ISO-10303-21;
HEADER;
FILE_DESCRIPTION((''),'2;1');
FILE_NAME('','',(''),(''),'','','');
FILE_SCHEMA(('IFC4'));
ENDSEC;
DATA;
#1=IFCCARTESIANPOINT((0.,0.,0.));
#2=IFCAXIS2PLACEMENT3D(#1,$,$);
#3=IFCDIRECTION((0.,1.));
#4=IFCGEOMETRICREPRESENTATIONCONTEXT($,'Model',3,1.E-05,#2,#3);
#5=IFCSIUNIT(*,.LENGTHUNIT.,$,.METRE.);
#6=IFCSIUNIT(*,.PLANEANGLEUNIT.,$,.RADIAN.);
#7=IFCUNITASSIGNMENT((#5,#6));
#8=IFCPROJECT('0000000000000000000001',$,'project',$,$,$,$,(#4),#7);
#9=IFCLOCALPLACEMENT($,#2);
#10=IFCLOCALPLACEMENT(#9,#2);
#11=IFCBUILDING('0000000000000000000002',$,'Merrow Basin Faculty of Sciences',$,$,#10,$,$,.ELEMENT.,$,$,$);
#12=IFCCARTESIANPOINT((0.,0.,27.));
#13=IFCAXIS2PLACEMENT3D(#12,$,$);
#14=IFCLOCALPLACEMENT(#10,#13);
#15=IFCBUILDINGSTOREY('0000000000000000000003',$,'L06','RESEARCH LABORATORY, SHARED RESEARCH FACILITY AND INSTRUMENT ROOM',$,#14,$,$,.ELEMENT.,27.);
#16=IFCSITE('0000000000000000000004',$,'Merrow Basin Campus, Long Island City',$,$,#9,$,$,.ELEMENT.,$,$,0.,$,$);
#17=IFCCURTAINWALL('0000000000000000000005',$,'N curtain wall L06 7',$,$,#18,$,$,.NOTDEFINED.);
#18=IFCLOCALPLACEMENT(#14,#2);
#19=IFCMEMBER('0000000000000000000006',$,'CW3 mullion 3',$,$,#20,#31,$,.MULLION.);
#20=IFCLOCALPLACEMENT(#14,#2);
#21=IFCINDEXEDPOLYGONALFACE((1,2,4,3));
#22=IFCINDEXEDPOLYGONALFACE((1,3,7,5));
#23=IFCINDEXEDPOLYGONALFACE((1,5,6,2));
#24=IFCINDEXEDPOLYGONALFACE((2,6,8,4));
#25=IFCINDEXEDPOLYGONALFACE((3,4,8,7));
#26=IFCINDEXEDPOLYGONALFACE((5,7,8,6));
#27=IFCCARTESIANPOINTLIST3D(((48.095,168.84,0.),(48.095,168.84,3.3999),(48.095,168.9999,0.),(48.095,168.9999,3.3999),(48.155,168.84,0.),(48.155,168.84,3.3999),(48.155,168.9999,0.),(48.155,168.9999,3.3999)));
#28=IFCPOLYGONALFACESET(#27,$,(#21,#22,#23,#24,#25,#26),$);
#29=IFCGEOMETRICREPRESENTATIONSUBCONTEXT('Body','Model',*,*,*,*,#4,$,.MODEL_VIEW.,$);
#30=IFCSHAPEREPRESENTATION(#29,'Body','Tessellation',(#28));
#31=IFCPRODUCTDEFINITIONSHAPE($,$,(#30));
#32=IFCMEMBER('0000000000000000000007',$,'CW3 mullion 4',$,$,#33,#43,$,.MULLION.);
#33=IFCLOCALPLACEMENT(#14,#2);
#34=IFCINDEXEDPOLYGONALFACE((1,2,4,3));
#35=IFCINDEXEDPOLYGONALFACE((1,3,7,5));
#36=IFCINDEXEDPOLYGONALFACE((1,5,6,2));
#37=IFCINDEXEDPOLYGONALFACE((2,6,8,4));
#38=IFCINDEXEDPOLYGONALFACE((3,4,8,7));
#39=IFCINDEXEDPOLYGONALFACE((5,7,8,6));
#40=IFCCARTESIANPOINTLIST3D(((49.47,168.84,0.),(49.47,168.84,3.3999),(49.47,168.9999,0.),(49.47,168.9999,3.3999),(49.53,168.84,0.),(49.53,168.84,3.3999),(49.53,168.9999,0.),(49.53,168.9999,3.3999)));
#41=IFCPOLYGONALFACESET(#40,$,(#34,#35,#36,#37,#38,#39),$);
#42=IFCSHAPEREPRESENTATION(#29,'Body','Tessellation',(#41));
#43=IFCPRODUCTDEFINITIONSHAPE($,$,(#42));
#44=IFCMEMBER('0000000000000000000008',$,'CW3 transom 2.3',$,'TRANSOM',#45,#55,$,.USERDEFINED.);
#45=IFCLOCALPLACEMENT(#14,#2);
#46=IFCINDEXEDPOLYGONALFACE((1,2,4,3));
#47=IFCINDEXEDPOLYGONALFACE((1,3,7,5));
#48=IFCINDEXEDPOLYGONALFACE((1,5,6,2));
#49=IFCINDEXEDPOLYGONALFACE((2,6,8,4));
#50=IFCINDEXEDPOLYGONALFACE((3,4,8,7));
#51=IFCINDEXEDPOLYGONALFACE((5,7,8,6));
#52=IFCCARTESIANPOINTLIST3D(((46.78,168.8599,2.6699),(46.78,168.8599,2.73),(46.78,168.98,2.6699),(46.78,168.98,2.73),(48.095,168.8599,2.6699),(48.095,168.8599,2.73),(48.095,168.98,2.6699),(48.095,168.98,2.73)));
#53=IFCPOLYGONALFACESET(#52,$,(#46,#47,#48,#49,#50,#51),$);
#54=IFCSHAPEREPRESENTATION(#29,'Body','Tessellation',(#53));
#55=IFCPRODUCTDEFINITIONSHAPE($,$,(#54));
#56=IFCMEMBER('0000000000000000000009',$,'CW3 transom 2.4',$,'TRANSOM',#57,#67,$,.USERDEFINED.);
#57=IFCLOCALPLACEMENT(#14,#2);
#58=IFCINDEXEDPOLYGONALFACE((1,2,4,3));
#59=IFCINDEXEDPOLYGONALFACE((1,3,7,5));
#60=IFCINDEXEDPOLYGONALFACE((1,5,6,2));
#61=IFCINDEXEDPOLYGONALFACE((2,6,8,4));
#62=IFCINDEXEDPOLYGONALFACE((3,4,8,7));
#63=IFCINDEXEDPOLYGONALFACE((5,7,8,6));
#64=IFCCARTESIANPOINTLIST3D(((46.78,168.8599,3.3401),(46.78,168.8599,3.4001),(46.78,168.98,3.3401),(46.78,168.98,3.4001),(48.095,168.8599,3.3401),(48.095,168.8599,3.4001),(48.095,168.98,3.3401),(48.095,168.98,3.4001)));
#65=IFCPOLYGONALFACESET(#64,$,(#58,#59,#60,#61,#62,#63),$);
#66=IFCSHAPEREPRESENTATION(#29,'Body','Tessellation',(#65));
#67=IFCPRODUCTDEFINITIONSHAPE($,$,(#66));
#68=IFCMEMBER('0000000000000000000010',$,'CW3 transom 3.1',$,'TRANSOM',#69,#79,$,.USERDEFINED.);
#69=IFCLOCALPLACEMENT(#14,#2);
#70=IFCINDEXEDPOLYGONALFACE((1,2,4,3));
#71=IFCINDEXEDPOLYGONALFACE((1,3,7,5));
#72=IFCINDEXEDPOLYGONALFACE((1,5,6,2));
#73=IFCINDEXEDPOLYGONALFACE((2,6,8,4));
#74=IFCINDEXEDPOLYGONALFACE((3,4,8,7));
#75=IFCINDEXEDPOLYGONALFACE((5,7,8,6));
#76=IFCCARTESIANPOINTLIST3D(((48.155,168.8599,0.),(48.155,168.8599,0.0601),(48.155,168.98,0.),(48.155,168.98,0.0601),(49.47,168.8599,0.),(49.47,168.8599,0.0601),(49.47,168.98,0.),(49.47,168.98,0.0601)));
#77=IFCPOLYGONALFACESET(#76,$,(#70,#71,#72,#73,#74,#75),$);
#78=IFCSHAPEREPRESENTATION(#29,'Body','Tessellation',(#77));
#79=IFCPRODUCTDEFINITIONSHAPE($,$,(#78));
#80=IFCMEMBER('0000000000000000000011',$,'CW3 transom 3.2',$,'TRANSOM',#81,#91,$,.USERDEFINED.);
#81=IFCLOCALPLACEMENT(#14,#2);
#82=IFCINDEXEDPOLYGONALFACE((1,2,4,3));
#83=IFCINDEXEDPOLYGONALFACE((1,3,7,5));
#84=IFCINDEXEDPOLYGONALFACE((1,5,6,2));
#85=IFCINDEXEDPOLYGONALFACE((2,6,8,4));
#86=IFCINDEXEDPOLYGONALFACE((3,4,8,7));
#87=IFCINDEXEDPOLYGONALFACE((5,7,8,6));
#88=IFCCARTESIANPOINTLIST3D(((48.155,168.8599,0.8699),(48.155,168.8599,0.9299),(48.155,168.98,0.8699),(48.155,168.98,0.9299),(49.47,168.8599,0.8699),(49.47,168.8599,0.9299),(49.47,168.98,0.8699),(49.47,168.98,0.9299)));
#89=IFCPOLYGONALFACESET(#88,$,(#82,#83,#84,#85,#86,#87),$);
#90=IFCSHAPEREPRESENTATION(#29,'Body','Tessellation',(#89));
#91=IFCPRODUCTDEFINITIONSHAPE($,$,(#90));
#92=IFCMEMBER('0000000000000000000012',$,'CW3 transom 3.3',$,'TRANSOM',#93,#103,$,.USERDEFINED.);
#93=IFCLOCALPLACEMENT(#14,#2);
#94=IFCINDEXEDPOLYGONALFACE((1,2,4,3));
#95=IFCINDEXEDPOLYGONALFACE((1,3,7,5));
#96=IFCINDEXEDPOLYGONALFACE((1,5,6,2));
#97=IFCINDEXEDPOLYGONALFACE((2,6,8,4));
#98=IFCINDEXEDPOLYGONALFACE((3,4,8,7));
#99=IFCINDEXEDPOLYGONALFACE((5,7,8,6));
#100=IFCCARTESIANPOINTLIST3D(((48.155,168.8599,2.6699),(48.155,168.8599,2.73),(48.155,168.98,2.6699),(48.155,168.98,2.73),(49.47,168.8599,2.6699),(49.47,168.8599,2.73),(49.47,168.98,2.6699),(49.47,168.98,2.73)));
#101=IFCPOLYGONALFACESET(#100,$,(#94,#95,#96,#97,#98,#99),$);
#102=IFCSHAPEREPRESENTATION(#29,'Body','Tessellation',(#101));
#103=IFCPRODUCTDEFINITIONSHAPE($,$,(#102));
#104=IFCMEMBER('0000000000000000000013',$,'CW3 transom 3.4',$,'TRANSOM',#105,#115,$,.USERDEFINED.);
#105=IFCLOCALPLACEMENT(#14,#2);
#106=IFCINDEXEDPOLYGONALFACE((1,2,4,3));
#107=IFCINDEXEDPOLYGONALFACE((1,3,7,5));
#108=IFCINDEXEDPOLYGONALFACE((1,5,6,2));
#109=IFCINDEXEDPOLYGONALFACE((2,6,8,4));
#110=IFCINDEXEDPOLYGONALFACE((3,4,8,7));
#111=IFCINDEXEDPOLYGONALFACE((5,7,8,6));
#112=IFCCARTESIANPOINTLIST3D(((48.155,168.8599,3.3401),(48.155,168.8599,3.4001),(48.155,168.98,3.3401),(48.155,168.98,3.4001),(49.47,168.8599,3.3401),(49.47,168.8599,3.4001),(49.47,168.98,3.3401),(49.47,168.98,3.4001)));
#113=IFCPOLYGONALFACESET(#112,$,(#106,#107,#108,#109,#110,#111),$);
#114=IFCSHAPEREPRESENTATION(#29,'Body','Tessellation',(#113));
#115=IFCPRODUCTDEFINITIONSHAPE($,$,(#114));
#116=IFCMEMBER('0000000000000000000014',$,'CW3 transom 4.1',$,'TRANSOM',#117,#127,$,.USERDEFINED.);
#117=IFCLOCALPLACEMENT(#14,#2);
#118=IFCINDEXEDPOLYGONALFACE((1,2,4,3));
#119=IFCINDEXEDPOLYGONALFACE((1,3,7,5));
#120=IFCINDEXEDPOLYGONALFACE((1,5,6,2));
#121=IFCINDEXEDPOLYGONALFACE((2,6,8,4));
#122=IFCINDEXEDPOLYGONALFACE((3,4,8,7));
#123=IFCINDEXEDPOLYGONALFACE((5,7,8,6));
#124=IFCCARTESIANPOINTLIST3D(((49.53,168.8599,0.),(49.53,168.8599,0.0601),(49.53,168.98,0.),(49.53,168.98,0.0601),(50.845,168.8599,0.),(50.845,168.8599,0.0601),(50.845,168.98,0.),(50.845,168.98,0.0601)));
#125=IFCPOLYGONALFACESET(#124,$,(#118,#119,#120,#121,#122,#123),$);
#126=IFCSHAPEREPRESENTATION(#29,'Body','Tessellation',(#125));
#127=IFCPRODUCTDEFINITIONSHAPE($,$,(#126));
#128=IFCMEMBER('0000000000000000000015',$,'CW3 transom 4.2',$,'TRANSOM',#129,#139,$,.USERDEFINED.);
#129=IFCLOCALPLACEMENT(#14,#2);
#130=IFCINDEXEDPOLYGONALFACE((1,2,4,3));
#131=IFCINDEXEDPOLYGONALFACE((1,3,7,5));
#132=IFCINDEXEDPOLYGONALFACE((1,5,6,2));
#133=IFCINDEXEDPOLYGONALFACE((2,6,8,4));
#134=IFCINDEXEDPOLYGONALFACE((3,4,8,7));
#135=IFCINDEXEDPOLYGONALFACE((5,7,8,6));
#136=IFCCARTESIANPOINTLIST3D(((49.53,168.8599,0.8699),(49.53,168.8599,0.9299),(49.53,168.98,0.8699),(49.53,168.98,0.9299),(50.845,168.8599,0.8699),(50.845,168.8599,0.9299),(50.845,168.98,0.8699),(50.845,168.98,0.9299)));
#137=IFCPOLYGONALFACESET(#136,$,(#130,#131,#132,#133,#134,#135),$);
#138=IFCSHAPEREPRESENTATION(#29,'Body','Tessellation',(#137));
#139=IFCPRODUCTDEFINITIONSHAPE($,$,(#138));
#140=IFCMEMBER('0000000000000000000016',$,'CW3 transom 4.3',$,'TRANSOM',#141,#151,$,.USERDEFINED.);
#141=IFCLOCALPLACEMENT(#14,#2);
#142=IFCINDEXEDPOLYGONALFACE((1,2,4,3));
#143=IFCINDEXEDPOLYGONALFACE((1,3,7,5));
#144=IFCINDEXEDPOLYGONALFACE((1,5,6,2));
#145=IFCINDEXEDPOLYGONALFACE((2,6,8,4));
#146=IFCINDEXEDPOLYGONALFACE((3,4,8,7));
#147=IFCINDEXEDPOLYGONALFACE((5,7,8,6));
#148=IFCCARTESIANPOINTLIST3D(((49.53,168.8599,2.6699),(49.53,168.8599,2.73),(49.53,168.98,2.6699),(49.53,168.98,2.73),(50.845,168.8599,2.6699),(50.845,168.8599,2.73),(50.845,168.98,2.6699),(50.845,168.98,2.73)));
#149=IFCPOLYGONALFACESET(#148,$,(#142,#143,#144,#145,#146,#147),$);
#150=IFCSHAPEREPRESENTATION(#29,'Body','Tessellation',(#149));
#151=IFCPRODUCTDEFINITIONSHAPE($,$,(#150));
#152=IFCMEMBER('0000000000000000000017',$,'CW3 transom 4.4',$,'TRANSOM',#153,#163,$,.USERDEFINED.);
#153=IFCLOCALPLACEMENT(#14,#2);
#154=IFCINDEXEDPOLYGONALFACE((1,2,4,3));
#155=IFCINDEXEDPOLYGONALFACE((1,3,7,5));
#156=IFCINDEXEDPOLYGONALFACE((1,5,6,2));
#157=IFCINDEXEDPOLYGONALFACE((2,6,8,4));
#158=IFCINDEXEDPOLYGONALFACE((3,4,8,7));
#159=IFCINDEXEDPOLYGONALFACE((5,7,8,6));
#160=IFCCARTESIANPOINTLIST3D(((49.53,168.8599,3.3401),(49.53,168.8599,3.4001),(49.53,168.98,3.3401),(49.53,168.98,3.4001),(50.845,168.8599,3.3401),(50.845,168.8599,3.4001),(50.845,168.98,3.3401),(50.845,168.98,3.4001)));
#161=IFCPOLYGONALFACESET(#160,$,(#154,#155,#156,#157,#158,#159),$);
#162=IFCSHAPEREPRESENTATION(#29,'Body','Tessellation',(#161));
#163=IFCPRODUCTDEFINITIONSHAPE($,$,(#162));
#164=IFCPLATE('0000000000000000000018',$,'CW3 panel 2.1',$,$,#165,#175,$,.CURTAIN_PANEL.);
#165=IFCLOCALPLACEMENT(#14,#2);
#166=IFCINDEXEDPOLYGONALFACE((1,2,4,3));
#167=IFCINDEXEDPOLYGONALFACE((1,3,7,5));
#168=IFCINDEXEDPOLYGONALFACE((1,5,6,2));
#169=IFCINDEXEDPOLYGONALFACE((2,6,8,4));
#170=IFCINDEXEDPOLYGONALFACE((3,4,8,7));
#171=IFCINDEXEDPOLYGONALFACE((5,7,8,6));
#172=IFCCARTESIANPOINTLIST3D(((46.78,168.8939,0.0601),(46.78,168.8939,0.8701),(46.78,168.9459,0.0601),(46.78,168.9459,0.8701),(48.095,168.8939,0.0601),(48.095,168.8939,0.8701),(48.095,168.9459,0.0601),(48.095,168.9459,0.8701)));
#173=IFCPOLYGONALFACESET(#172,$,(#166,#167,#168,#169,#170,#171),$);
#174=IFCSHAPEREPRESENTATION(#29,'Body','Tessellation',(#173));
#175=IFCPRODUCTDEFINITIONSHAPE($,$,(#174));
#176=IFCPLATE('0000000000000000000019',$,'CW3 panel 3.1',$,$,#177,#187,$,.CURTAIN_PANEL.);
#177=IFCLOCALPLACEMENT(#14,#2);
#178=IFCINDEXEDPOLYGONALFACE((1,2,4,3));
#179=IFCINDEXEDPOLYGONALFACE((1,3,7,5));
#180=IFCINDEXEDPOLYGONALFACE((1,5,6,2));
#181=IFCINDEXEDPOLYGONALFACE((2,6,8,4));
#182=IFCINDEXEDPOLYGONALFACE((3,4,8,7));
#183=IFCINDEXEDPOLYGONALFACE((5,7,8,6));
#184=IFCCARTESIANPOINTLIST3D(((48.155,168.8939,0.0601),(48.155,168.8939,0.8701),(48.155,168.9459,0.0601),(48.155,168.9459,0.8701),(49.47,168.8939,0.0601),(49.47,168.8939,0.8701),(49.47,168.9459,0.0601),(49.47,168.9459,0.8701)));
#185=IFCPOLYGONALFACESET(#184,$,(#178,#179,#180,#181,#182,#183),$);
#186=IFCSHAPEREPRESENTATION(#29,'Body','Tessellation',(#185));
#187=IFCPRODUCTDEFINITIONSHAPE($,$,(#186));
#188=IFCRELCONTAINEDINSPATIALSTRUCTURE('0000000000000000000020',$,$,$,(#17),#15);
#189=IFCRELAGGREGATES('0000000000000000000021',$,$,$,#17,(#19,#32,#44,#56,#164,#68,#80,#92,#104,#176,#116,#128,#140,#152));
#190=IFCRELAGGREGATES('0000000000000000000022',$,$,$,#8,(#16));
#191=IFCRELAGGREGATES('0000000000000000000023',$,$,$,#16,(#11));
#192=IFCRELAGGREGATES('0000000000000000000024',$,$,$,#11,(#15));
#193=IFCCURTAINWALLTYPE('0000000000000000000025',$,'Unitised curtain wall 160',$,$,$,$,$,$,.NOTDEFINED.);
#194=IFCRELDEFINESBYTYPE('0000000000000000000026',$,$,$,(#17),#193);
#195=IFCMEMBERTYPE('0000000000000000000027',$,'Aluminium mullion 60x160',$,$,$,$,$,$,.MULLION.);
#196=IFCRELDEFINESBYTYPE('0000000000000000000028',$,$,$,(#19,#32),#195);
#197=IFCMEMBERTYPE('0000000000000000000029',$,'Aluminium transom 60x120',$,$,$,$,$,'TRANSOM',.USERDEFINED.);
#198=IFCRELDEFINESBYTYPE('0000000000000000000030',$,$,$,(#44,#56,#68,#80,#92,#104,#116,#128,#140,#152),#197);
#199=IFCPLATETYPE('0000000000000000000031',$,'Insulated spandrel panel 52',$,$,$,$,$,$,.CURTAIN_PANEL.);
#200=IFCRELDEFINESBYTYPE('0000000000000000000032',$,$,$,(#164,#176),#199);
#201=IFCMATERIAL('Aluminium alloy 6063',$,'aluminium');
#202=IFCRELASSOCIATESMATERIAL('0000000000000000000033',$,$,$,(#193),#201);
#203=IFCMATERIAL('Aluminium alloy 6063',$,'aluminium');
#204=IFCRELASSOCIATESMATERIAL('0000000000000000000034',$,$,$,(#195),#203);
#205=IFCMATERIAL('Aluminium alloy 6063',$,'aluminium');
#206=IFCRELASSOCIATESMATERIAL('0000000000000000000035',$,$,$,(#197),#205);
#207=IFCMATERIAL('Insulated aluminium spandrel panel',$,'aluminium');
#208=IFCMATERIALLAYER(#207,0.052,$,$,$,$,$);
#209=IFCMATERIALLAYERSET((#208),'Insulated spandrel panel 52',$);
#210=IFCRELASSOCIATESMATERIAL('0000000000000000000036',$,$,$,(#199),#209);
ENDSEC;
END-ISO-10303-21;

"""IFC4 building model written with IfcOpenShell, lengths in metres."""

from ifc_helpers import new_model, si_unit, direction, frame, origin, origin_2d, place, context, subcontext, project, spatial, rectangle, extrude, material, layer, layer_set, material_profile, profile_set, type_object, element, aggregate, save


model = new_model("IFC4")

# Units and contexts
model_context = context("Model", 3, precision=1e-05, world=origin(), true_north=direction((0.0, 1.0)))
body_context = subcontext(model_context, "Body", "Model", "MODEL_VIEW")
ifc_project = project(units=[si_unit("LENGTHUNIT", "METRE"), si_unit("PLANEANGLEUNIT", "RADIAN")], contexts=[model_context])

# Site, building, storey
site_placement = place(None, origin())
site = spatial("IfcSite", under=ifc_project, at=site_placement, Name="Merrow Basin Campus, Long Island City", CompositionType="ELEMENT", RefElevation=0.0)
building_placement = place(site_placement, origin())
building = spatial("IfcBuilding", under=site, at=building_placement, Name="Merrow Basin Faculty of Sciences", CompositionType="ELEMENT")
storey_placement = place(building_placement, frame((0.0, 0.0, 27.0)))
storey = spatial("IfcBuildingStorey", under=building, at=storey_placement, Name="L06", Description="RESEARCH LABORATORY, SHARED RESEARCH FACILITY AND INSTRUMENT ROOM", CompositionType="ELEMENT", Elevation=27.0)

# Curtain wall, members, plates
ifc_material_1 = material(Name="Aluminium alloy 6063", Category="aluminium")
curtain_wall_type = type_object("IfcCurtainWallType", Name="Unitised curtain wall 160", PredefinedType="NOTDEFINED", material=ifc_material_1)
curtain_wall_placement = place(storey_placement, origin())
curtain_wall = element("IfcCurtainWall", 1, at=curtain_wall_placement, inside=storey, type_object=curtain_wall_type, Name="N curtain wall L06 7", PredefinedType="NOTDEFINED")
ifc_material_2 = material(Name="Aluminium alloy 6063", Category="aluminium")
ifc_material_profile_1 = material_profile(ifc_material_2, rectangle(XDim=0.1599, YDim=0.0601, at=origin_2d()))
ifc_profile_set_1 = profile_set([ifc_material_profile_1], Name="Aluminium alloy 6063")
member_type_1 = type_object("IfcMemberType", Name="Aluminium mullion 60x160", PredefinedType="MULLION", material=ifc_profile_set_1)
member_1_placement = place(storey_placement, frame((48.125, 168.9199, 0.0), z_axis=(0.0, 0.0, 1.0), x_axis=(0.0, 1.0, 0.0)))
member_1 = element("IfcMember", 2, at=member_1_placement, type_object=member_type_1, Name="CW3 mullion 3", PredefinedType="MULLION", context=body_context, shape_type="SweptSolid", body=[
    extrude(rectangle(XDim=0.1599, YDim=0.0601, at=origin_2d()), origin(), (0.0, 0.0, 1.0), 3.3999),
])
member_2_placement = place(storey_placement, frame((49.5, 168.9199, 0.0), z_axis=(0.0, 0.0, 1.0), x_axis=(0.0, 1.0, 0.0)))
member_2 = element("IfcMember", 3, at=member_2_placement, type_object=member_type_1, Name="CW3 mullion 4", PredefinedType="MULLION", context=body_context, shape_type="SweptSolid", body=[
    extrude(rectangle(XDim=0.1599, YDim=0.0601, at=origin_2d()), origin(), (0.0, 0.0, 1.0), 3.3999),
])
ifc_material_3 = material(Name="Aluminium alloy 6063", Category="aluminium")
ifc_material_profile_2 = material_profile(ifc_material_3, rectangle(XDim=0.1201, YDim=0.0601, at=origin_2d()))
ifc_profile_set_2 = profile_set([ifc_material_profile_2], Name="Aluminium alloy 6063")
member_type_2 = type_object("IfcMemberType", Name="Aluminium transom 60x120", ElementType="TRANSOM", PredefinedType="USERDEFINED", material=ifc_profile_set_2)
member_3_placement = place(storey_placement, frame((46.78, 168.9199, 2.7), z_axis=(1.0, 0.0, 0.0), x_axis=(0.0, 1.0, 0.0)))
member_3 = element("IfcMember", 4, at=member_3_placement, type_object=member_type_2, Name="CW3 transom 2.3", ObjectType="TRANSOM", PredefinedType="USERDEFINED", context=body_context, shape_type="SweptSolid", body=[
    extrude(rectangle(XDim=0.1201, YDim=0.0601, at=origin_2d()), origin(), (0.0, 0.0, 1.0), 1.3149),
])
member_4_placement = place(storey_placement, frame((46.78, 168.9199, 3.3701), z_axis=(1.0, 0.0, 0.0), x_axis=(0.0, 1.0, 0.0)))
member_4 = element("IfcMember", 5, at=member_4_placement, type_object=member_type_2, Name="CW3 transom 2.4", ObjectType="TRANSOM", PredefinedType="USERDEFINED", context=body_context, shape_type="SweptSolid", body=[
    extrude(rectangle(XDim=0.1201, YDim=0.0601, at=origin_2d()), origin(), (0.0, 0.0, 1.0), 1.3149),
])
member_5_placement = place(storey_placement, frame((48.155, 168.9199, 0.03), z_axis=(1.0, 0.0, 0.0), x_axis=(0.0, 1.0, 0.0)))
member_5 = element("IfcMember", 6, at=member_5_placement, type_object=member_type_2, Name="CW3 transom 3.1", ObjectType="TRANSOM", PredefinedType="USERDEFINED", context=body_context, shape_type="SweptSolid", body=[
    extrude(rectangle(XDim=0.1201, YDim=0.0601, at=origin_2d()), origin(), (0.0, 0.0, 1.0), 1.3149),
])
member_6_placement = place(storey_placement, frame((48.155, 168.9199, 0.8999), z_axis=(1.0, 0.0, 0.0), x_axis=(0.0, 1.0, 0.0)))
member_6 = element("IfcMember", 7, at=member_6_placement, type_object=member_type_2, Name="CW3 transom 3.2", ObjectType="TRANSOM", PredefinedType="USERDEFINED", context=body_context, shape_type="SweptSolid", body=[
    extrude(rectangle(XDim=0.1201, YDim=0.0601, at=origin_2d()), origin(), (0.0, 0.0, 1.0), 1.3149),
])
member_7_placement = place(storey_placement, frame((48.155, 168.9199, 2.7), z_axis=(1.0, 0.0, 0.0), x_axis=(0.0, 1.0, 0.0)))
member_7 = element("IfcMember", 8, at=member_7_placement, type_object=member_type_2, Name="CW3 transom 3.3", ObjectType="TRANSOM", PredefinedType="USERDEFINED", context=body_context, shape_type="SweptSolid", body=[
    extrude(rectangle(XDim=0.1201, YDim=0.0601, at=origin_2d()), origin(), (0.0, 0.0, 1.0), 1.3149),
])
member_8_placement = place(storey_placement, frame((48.155, 168.9199, 3.3701), z_axis=(1.0, 0.0, 0.0), x_axis=(0.0, 1.0, 0.0)))
member_8 = element("IfcMember", 9, at=member_8_placement, type_object=member_type_2, Name="CW3 transom 3.4", ObjectType="TRANSOM", PredefinedType="USERDEFINED", context=body_context, shape_type="SweptSolid", body=[
    extrude(rectangle(XDim=0.1201, YDim=0.0601, at=origin_2d()), origin(), (0.0, 0.0, 1.0), 1.3149),
])
member_9_placement = place(storey_placement, frame((49.53, 168.9199, 0.03), z_axis=(1.0, 0.0, 0.0), x_axis=(0.0, 1.0, 0.0)))
member_9 = element("IfcMember", 10, at=member_9_placement, type_object=member_type_2, Name="CW3 transom 4.1", ObjectType="TRANSOM", PredefinedType="USERDEFINED", context=body_context, shape_type="SweptSolid", body=[
    extrude(rectangle(XDim=0.1201, YDim=0.0601, at=origin_2d()), origin(), (0.0, 0.0, 1.0), 1.3149),
])
member_10_placement = place(storey_placement, frame((49.53, 168.9199, 0.8999), z_axis=(1.0, 0.0, 0.0), x_axis=(0.0, 1.0, 0.0)))
member_10 = element("IfcMember", 11, at=member_10_placement, type_object=member_type_2, Name="CW3 transom 4.2", ObjectType="TRANSOM", PredefinedType="USERDEFINED", context=body_context, shape_type="SweptSolid", body=[
    extrude(rectangle(XDim=0.1201, YDim=0.0601, at=origin_2d()), origin(), (0.0, 0.0, 1.0), 1.3149),
])
member_11_placement = place(storey_placement, frame((49.53, 168.9199, 2.7), z_axis=(1.0, 0.0, 0.0), x_axis=(0.0, 1.0, 0.0)))
member_11 = element("IfcMember", 12, at=member_11_placement, type_object=member_type_2, Name="CW3 transom 4.3", ObjectType="TRANSOM", PredefinedType="USERDEFINED", context=body_context, shape_type="SweptSolid", body=[
    extrude(rectangle(XDim=0.1201, YDim=0.0601, at=origin_2d()), origin(), (0.0, 0.0, 1.0), 1.3149),
])
member_12_placement = place(storey_placement, frame((49.53, 168.9199, 3.3701), z_axis=(1.0, 0.0, 0.0), x_axis=(0.0, 1.0, 0.0)))
member_12 = element("IfcMember", 13, at=member_12_placement, type_object=member_type_2, Name="CW3 transom 4.4", ObjectType="TRANSOM", PredefinedType="USERDEFINED", context=body_context, shape_type="SweptSolid", body=[
    extrude(rectangle(XDim=0.1201, YDim=0.0601, at=origin_2d()), origin(), (0.0, 0.0, 1.0), 1.3149),
])
ifc_material_4 = material(Name="Insulated aluminium spandrel panel", Category="aluminium")
ifc_layer_1 = layer(ifc_material_4, 0.052)
ifc_layer_set_1 = layer_set([ifc_layer_1], Name="Insulated spandrel panel 52")
plate_type_1 = type_object("IfcPlateType", Name="Insulated spandrel panel 52", PredefinedType="CURTAIN_PANEL", material=ifc_layer_set_1)
plate_1_placement = place(storey_placement, frame((47.4375, 168.9199, 0.0601), z_axis=(0.0, 0.0, 1.0), x_axis=(1.0, 0.0, 0.0)))
plate_1 = element("IfcPlate", 14, at=plate_1_placement, type_object=plate_type_1, Name="CW3 panel 2.1", PredefinedType="CURTAIN_PANEL", context=body_context, shape_type="SweptSolid", body=[
    extrude(rectangle(XDim=1.3149, YDim=0.052, at=origin_2d()), origin(), (0.0, 0.0, 1.0), 0.8101),
])
plate_2_placement = place(storey_placement, frame((48.8125, 168.9199, 0.0601), z_axis=(0.0, 0.0, 1.0), x_axis=(1.0, 0.0, 0.0)))
plate_2 = element("IfcPlate", 15, at=plate_2_placement, type_object=plate_type_1, Name="CW3 panel 3.1", PredefinedType="CURTAIN_PANEL", context=body_context, shape_type="SweptSolid", body=[
    extrude(rectangle(XDim=1.3149, YDim=0.052, at=origin_2d()), origin(), (0.0, 0.0, 1.0), 0.8101),
])
aggregate(curtain_wall, [member_1, member_2, member_3, member_4, plate_1, member_5, member_6, member_7, member_8, plate_2, member_9, member_10, member_11, member_12])

save(model, "model.ifc")
